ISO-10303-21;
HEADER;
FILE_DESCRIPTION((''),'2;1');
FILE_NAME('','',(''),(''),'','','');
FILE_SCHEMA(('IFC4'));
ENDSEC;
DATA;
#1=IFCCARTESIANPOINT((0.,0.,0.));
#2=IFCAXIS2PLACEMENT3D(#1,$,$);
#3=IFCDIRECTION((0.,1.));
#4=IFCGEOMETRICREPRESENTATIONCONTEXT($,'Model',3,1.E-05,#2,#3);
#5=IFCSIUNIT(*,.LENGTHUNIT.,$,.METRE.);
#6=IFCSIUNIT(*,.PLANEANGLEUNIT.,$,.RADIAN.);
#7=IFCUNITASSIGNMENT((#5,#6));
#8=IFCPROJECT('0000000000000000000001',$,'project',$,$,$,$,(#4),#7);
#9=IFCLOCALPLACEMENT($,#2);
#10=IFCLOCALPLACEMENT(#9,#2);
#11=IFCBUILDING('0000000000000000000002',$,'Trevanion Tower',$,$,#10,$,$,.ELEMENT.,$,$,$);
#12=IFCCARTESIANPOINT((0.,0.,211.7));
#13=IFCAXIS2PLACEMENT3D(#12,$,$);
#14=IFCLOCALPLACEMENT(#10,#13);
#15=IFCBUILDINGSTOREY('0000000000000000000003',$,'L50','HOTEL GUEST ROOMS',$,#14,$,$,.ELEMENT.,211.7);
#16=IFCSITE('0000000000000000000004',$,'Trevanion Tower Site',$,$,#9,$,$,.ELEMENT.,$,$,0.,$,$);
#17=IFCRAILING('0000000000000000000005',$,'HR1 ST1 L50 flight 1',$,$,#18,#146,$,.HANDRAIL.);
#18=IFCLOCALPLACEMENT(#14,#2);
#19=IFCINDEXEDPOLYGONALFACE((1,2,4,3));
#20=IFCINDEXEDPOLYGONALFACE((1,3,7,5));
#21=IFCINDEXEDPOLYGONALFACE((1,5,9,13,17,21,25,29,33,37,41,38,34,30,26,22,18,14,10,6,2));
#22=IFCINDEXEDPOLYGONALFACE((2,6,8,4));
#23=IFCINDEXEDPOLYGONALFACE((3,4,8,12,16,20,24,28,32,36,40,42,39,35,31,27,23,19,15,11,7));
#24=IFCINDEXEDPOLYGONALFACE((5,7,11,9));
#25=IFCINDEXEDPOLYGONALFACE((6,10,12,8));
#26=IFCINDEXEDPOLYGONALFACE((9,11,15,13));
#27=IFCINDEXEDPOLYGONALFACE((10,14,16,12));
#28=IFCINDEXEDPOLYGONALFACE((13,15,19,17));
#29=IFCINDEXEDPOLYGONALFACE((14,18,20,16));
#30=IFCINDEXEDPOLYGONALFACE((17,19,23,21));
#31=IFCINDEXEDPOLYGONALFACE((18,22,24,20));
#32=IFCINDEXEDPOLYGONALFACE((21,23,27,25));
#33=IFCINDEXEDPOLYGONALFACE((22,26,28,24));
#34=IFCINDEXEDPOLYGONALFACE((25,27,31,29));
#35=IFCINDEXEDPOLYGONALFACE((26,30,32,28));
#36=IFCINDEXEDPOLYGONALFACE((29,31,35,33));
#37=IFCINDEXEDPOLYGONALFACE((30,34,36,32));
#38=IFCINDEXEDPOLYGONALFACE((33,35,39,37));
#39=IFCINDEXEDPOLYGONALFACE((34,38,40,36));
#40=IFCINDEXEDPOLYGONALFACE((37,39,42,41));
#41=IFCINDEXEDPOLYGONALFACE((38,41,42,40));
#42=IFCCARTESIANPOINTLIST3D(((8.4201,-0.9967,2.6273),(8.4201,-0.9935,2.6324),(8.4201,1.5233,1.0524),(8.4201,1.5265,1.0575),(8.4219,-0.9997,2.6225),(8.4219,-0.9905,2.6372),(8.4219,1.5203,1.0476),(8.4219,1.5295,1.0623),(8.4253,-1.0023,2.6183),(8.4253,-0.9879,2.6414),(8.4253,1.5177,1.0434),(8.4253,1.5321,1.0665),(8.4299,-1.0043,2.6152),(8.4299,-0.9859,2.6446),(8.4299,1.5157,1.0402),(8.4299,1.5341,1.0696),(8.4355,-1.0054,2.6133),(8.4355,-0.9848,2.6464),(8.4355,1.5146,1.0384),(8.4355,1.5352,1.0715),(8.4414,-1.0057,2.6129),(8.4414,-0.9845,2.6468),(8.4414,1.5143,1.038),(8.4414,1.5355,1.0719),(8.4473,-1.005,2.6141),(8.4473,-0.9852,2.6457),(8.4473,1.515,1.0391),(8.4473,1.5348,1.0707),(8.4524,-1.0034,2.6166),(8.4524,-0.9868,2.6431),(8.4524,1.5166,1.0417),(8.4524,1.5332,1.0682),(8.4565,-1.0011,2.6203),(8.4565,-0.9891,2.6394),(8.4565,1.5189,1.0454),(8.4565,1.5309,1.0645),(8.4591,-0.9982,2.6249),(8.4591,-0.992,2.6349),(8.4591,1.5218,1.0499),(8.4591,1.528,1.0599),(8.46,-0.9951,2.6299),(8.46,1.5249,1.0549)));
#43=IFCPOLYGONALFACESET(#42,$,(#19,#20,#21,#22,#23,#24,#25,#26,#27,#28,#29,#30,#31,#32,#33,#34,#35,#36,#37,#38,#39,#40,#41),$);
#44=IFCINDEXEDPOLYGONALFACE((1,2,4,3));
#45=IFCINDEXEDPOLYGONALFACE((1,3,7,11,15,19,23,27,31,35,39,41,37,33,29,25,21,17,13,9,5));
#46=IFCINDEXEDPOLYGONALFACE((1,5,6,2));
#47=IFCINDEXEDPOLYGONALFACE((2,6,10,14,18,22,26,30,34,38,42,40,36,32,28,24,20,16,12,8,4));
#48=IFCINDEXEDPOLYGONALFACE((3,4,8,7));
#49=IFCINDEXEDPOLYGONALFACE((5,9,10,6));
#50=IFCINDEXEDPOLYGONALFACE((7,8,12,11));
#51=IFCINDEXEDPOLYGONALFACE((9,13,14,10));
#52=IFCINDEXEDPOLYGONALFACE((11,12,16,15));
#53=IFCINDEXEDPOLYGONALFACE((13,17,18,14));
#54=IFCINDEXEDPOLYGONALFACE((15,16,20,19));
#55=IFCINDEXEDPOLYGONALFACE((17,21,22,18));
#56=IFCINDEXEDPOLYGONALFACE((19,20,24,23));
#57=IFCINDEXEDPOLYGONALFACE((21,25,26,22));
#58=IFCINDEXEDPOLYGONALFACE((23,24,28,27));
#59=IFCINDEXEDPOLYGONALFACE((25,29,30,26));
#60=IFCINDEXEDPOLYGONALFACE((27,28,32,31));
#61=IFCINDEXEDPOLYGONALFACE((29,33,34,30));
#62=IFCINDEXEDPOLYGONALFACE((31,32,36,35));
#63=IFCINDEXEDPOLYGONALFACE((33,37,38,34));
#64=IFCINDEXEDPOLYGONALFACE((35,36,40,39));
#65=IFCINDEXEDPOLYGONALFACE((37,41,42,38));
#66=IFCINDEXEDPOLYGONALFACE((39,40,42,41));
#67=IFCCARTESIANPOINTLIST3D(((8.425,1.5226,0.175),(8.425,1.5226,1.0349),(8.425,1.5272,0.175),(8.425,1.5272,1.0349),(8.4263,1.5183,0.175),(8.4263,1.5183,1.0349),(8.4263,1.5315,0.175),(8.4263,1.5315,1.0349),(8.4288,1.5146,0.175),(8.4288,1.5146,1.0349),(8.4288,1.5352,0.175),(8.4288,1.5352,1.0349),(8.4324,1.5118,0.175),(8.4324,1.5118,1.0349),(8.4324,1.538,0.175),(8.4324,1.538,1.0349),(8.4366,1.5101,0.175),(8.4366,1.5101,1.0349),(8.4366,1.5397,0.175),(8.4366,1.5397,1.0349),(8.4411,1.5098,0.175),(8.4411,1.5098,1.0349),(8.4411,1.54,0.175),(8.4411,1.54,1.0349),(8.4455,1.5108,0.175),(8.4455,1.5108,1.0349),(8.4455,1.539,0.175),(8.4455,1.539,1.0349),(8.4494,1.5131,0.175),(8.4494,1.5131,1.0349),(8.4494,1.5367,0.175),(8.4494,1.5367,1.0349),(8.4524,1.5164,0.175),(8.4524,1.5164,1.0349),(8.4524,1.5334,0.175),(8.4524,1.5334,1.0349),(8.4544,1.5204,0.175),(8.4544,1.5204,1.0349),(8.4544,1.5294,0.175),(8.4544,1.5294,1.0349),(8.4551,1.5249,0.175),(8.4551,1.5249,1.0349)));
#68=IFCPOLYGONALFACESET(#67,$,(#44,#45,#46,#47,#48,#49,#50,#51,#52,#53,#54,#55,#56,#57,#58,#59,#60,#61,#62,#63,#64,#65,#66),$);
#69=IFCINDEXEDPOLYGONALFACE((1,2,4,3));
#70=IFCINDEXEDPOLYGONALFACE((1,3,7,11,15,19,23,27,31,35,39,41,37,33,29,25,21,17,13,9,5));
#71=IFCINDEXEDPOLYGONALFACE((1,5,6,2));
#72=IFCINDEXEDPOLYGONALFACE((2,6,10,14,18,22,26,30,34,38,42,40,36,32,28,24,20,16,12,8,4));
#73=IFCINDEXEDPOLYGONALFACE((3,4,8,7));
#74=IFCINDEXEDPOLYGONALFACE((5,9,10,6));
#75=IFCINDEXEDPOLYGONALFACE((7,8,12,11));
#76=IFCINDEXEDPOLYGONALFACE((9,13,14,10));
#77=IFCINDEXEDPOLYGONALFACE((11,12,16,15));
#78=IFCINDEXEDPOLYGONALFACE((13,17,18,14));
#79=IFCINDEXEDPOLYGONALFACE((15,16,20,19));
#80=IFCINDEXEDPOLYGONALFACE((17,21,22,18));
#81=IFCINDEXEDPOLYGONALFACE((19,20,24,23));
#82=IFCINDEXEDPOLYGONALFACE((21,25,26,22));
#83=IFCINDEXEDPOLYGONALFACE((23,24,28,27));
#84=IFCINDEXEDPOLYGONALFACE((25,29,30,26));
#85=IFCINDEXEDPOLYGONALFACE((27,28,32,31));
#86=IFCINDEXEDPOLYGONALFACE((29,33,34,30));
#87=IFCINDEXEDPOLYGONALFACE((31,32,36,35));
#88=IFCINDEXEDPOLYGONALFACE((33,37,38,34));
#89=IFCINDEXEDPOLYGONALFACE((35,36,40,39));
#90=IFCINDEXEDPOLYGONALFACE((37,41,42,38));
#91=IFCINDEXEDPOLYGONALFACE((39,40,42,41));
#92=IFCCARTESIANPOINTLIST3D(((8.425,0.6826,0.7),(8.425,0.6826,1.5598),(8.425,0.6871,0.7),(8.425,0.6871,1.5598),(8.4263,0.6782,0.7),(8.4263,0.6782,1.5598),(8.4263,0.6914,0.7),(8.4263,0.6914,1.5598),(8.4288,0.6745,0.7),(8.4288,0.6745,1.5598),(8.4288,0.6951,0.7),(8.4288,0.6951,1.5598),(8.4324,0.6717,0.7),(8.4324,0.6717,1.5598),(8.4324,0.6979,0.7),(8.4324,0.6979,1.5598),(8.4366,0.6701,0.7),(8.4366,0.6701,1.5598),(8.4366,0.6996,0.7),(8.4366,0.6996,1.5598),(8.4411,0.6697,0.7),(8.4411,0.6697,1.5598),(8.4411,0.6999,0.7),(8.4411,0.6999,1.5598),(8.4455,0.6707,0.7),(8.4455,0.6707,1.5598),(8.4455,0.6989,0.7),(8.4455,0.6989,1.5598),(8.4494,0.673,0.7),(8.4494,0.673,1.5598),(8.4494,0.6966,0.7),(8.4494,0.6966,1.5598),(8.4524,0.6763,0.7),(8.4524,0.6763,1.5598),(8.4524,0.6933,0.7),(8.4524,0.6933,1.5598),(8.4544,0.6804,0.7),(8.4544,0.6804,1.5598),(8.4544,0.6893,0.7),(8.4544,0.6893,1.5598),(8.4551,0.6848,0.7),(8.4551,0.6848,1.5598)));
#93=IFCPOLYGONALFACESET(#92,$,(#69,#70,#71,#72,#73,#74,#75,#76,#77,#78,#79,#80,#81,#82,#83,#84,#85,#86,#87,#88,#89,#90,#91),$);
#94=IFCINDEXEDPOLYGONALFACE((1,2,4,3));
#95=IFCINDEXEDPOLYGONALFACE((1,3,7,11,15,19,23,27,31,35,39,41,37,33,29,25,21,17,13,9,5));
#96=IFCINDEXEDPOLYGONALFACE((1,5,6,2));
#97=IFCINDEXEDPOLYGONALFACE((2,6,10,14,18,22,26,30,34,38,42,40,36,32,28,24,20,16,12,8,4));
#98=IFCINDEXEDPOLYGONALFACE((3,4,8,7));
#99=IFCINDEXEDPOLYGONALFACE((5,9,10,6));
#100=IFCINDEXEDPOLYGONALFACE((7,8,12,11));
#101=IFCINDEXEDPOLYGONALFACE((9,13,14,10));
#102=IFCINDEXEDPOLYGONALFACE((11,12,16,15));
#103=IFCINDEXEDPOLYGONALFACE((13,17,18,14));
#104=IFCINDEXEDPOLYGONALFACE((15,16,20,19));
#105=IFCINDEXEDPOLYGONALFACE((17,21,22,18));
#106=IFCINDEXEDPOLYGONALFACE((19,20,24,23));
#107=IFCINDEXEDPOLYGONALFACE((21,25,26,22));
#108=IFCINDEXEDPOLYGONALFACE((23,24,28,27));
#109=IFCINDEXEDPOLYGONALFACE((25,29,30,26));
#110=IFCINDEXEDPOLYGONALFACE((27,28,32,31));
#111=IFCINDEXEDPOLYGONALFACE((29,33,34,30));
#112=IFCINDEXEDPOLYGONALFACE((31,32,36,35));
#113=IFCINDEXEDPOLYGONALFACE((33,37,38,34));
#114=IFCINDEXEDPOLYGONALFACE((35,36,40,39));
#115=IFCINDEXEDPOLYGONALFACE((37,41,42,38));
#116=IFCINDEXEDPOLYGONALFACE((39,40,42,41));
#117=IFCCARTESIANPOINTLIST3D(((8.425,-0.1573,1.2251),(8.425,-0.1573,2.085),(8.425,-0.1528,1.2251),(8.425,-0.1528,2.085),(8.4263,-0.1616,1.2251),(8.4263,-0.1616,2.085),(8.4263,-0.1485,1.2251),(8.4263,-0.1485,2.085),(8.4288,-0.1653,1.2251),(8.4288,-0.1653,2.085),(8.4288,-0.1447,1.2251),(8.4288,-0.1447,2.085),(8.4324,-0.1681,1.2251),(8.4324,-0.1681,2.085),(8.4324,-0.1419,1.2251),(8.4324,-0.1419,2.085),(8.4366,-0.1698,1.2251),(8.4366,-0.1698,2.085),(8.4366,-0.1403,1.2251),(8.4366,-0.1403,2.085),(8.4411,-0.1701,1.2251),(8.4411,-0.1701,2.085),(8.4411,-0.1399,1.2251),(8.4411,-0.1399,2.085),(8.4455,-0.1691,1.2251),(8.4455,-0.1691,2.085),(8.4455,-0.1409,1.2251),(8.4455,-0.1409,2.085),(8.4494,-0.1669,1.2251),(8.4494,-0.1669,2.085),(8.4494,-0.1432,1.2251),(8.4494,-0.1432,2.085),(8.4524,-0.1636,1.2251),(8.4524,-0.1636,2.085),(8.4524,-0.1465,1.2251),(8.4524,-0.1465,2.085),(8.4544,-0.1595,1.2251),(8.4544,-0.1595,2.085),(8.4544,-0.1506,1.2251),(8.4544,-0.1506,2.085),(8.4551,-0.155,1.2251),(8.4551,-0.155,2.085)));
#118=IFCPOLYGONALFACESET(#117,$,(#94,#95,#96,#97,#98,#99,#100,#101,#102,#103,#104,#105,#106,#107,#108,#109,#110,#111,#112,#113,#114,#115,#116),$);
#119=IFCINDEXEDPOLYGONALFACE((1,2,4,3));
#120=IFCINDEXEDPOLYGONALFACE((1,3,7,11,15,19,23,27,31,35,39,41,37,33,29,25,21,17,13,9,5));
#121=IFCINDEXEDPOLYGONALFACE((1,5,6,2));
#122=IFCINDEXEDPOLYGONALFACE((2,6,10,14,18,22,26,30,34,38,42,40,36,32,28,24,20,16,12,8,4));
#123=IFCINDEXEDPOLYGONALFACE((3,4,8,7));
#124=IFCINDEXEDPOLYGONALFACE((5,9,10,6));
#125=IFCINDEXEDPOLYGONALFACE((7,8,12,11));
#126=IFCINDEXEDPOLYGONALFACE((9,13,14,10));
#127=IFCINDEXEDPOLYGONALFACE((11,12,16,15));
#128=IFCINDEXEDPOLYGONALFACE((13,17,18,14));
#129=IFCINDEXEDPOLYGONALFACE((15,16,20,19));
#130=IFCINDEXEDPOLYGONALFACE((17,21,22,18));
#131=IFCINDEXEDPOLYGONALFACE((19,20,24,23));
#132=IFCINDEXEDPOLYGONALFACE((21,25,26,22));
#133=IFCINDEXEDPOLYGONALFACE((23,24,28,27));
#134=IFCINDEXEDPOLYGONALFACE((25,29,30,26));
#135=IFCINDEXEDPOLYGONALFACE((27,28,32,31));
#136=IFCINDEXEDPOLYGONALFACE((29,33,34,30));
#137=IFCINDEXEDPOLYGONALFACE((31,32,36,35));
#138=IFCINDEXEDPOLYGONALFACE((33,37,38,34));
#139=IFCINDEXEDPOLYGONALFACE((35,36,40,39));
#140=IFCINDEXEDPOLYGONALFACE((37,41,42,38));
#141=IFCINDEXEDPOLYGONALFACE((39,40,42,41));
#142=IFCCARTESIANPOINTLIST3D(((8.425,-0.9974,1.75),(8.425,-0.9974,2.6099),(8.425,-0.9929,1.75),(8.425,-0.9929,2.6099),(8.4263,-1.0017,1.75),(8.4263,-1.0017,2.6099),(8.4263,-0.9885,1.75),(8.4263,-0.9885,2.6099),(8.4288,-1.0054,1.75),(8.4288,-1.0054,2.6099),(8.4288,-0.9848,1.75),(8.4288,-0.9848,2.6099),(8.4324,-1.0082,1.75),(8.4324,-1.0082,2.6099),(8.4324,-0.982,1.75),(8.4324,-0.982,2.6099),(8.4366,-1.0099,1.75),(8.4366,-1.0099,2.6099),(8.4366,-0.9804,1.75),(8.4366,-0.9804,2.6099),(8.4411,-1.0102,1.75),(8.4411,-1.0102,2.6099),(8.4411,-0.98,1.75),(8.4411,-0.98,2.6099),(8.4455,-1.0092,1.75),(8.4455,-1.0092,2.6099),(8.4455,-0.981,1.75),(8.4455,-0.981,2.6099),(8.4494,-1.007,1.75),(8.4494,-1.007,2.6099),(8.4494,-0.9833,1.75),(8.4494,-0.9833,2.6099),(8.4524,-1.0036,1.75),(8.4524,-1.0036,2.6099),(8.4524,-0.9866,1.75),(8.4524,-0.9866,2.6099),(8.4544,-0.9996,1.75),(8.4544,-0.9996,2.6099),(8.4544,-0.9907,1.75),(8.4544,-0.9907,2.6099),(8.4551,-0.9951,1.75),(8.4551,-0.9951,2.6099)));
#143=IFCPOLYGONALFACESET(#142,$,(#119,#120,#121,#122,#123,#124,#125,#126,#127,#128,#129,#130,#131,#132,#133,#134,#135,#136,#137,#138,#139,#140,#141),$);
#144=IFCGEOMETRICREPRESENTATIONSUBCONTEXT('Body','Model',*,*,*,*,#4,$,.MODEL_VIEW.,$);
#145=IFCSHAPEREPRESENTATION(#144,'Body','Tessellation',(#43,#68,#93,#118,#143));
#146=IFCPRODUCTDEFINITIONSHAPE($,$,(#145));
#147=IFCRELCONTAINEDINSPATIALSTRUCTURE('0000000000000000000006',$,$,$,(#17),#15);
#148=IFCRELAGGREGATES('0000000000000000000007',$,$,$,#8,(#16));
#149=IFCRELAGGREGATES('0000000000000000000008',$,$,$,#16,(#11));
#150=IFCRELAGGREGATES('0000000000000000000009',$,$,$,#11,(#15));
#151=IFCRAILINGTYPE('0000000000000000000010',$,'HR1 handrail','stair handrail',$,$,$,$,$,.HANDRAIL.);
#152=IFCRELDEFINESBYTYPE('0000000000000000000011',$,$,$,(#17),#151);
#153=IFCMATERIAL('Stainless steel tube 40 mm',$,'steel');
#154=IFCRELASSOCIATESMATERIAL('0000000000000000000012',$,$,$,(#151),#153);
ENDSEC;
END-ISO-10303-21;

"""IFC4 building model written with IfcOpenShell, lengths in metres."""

from ifc_helpers import new_model, si_unit, direction, frame, origin, origin_2d, place, context, subcontext, project, spatial, circle, extrude, material, type_object, element, save


model = new_model("IFC4")

# Units and contexts
model_context = context("Model", 3, precision=1e-05, world=origin(), true_north=direction((0.0, 1.0)))
body_context = subcontext(model_context, "Body", "Model", "MODEL_VIEW")
ifc_project = project(units=[si_unit("LENGTHUNIT", "METRE"), si_unit("PLANEANGLEUNIT", "RADIAN")], contexts=[model_context])

# Site, building, storey
site_placement = place(None, origin())
site = spatial("IfcSite", under=ifc_project, at=site_placement, Name="Trevanion Tower Site", CompositionType="ELEMENT", RefElevation=0.0)
building_placement = place(site_placement, origin())
building = spatial("IfcBuilding", under=site, at=building_placement, Name="Trevanion Tower", CompositionType="ELEMENT")
storey_placement = place(building_placement, frame((0.0, 0.0, 211.7)))
storey = spatial("IfcBuildingStorey", under=building, at=storey_placement, Name="L50", Description="HOTEL GUEST ROOMS", CompositionType="ELEMENT", Elevation=211.7)

# Railing
ifc_material_1 = material(Name="Stainless steel tube 40 mm", Category="steel")
railing_type = type_object("IfcRailingType", Name="HR1 handrail", Description="stair handrail", PredefinedType="HANDRAIL", material=ifc_material_1)
for number, where, name in (
    (1, (8.4399, 1.5249, 0.175), "HR1 ST1 L50 flight 1"),
):
    element("IfcRailing", number, at=place(storey_placement, frame(where)), inside=storey, type_object=railing_type, Name=name, PredefinedType="HANDRAIL", context=body_context, shape_type="SweptSolid", body=[
        extrude(circle(Radius=0.02, at=origin_2d()), frame((0.0, 0.0, 0.8799), z_axis=(0.0, -0.848008, 0.529984), x_axis=(1.0, 0.0, 0.0)), (0.0, 0.0, 1.0), 2.9717),
        extrude(circle(Radius=0.0151, at=origin_2d()), origin(), (0.0, 0.0, 1.0), 0.8599),
        extrude(circle(Radius=0.0151, at=origin_2d()), frame((0.0, -0.8401, 0.5249)), (0.0, 0.0, 1.0), 0.8599),
        extrude(circle(Radius=0.0151, at=origin_2d()), frame((0.0, -1.6799, 1.05)), (0.0, 0.0, 1.0), 0.8599),
        extrude(circle(Radius=0.0151, at=origin_2d()), frame((0.0, -2.52, 1.575)), (0.0, 0.0, 1.0), 0.8599),
    ])

save(model, "model.ifc")
